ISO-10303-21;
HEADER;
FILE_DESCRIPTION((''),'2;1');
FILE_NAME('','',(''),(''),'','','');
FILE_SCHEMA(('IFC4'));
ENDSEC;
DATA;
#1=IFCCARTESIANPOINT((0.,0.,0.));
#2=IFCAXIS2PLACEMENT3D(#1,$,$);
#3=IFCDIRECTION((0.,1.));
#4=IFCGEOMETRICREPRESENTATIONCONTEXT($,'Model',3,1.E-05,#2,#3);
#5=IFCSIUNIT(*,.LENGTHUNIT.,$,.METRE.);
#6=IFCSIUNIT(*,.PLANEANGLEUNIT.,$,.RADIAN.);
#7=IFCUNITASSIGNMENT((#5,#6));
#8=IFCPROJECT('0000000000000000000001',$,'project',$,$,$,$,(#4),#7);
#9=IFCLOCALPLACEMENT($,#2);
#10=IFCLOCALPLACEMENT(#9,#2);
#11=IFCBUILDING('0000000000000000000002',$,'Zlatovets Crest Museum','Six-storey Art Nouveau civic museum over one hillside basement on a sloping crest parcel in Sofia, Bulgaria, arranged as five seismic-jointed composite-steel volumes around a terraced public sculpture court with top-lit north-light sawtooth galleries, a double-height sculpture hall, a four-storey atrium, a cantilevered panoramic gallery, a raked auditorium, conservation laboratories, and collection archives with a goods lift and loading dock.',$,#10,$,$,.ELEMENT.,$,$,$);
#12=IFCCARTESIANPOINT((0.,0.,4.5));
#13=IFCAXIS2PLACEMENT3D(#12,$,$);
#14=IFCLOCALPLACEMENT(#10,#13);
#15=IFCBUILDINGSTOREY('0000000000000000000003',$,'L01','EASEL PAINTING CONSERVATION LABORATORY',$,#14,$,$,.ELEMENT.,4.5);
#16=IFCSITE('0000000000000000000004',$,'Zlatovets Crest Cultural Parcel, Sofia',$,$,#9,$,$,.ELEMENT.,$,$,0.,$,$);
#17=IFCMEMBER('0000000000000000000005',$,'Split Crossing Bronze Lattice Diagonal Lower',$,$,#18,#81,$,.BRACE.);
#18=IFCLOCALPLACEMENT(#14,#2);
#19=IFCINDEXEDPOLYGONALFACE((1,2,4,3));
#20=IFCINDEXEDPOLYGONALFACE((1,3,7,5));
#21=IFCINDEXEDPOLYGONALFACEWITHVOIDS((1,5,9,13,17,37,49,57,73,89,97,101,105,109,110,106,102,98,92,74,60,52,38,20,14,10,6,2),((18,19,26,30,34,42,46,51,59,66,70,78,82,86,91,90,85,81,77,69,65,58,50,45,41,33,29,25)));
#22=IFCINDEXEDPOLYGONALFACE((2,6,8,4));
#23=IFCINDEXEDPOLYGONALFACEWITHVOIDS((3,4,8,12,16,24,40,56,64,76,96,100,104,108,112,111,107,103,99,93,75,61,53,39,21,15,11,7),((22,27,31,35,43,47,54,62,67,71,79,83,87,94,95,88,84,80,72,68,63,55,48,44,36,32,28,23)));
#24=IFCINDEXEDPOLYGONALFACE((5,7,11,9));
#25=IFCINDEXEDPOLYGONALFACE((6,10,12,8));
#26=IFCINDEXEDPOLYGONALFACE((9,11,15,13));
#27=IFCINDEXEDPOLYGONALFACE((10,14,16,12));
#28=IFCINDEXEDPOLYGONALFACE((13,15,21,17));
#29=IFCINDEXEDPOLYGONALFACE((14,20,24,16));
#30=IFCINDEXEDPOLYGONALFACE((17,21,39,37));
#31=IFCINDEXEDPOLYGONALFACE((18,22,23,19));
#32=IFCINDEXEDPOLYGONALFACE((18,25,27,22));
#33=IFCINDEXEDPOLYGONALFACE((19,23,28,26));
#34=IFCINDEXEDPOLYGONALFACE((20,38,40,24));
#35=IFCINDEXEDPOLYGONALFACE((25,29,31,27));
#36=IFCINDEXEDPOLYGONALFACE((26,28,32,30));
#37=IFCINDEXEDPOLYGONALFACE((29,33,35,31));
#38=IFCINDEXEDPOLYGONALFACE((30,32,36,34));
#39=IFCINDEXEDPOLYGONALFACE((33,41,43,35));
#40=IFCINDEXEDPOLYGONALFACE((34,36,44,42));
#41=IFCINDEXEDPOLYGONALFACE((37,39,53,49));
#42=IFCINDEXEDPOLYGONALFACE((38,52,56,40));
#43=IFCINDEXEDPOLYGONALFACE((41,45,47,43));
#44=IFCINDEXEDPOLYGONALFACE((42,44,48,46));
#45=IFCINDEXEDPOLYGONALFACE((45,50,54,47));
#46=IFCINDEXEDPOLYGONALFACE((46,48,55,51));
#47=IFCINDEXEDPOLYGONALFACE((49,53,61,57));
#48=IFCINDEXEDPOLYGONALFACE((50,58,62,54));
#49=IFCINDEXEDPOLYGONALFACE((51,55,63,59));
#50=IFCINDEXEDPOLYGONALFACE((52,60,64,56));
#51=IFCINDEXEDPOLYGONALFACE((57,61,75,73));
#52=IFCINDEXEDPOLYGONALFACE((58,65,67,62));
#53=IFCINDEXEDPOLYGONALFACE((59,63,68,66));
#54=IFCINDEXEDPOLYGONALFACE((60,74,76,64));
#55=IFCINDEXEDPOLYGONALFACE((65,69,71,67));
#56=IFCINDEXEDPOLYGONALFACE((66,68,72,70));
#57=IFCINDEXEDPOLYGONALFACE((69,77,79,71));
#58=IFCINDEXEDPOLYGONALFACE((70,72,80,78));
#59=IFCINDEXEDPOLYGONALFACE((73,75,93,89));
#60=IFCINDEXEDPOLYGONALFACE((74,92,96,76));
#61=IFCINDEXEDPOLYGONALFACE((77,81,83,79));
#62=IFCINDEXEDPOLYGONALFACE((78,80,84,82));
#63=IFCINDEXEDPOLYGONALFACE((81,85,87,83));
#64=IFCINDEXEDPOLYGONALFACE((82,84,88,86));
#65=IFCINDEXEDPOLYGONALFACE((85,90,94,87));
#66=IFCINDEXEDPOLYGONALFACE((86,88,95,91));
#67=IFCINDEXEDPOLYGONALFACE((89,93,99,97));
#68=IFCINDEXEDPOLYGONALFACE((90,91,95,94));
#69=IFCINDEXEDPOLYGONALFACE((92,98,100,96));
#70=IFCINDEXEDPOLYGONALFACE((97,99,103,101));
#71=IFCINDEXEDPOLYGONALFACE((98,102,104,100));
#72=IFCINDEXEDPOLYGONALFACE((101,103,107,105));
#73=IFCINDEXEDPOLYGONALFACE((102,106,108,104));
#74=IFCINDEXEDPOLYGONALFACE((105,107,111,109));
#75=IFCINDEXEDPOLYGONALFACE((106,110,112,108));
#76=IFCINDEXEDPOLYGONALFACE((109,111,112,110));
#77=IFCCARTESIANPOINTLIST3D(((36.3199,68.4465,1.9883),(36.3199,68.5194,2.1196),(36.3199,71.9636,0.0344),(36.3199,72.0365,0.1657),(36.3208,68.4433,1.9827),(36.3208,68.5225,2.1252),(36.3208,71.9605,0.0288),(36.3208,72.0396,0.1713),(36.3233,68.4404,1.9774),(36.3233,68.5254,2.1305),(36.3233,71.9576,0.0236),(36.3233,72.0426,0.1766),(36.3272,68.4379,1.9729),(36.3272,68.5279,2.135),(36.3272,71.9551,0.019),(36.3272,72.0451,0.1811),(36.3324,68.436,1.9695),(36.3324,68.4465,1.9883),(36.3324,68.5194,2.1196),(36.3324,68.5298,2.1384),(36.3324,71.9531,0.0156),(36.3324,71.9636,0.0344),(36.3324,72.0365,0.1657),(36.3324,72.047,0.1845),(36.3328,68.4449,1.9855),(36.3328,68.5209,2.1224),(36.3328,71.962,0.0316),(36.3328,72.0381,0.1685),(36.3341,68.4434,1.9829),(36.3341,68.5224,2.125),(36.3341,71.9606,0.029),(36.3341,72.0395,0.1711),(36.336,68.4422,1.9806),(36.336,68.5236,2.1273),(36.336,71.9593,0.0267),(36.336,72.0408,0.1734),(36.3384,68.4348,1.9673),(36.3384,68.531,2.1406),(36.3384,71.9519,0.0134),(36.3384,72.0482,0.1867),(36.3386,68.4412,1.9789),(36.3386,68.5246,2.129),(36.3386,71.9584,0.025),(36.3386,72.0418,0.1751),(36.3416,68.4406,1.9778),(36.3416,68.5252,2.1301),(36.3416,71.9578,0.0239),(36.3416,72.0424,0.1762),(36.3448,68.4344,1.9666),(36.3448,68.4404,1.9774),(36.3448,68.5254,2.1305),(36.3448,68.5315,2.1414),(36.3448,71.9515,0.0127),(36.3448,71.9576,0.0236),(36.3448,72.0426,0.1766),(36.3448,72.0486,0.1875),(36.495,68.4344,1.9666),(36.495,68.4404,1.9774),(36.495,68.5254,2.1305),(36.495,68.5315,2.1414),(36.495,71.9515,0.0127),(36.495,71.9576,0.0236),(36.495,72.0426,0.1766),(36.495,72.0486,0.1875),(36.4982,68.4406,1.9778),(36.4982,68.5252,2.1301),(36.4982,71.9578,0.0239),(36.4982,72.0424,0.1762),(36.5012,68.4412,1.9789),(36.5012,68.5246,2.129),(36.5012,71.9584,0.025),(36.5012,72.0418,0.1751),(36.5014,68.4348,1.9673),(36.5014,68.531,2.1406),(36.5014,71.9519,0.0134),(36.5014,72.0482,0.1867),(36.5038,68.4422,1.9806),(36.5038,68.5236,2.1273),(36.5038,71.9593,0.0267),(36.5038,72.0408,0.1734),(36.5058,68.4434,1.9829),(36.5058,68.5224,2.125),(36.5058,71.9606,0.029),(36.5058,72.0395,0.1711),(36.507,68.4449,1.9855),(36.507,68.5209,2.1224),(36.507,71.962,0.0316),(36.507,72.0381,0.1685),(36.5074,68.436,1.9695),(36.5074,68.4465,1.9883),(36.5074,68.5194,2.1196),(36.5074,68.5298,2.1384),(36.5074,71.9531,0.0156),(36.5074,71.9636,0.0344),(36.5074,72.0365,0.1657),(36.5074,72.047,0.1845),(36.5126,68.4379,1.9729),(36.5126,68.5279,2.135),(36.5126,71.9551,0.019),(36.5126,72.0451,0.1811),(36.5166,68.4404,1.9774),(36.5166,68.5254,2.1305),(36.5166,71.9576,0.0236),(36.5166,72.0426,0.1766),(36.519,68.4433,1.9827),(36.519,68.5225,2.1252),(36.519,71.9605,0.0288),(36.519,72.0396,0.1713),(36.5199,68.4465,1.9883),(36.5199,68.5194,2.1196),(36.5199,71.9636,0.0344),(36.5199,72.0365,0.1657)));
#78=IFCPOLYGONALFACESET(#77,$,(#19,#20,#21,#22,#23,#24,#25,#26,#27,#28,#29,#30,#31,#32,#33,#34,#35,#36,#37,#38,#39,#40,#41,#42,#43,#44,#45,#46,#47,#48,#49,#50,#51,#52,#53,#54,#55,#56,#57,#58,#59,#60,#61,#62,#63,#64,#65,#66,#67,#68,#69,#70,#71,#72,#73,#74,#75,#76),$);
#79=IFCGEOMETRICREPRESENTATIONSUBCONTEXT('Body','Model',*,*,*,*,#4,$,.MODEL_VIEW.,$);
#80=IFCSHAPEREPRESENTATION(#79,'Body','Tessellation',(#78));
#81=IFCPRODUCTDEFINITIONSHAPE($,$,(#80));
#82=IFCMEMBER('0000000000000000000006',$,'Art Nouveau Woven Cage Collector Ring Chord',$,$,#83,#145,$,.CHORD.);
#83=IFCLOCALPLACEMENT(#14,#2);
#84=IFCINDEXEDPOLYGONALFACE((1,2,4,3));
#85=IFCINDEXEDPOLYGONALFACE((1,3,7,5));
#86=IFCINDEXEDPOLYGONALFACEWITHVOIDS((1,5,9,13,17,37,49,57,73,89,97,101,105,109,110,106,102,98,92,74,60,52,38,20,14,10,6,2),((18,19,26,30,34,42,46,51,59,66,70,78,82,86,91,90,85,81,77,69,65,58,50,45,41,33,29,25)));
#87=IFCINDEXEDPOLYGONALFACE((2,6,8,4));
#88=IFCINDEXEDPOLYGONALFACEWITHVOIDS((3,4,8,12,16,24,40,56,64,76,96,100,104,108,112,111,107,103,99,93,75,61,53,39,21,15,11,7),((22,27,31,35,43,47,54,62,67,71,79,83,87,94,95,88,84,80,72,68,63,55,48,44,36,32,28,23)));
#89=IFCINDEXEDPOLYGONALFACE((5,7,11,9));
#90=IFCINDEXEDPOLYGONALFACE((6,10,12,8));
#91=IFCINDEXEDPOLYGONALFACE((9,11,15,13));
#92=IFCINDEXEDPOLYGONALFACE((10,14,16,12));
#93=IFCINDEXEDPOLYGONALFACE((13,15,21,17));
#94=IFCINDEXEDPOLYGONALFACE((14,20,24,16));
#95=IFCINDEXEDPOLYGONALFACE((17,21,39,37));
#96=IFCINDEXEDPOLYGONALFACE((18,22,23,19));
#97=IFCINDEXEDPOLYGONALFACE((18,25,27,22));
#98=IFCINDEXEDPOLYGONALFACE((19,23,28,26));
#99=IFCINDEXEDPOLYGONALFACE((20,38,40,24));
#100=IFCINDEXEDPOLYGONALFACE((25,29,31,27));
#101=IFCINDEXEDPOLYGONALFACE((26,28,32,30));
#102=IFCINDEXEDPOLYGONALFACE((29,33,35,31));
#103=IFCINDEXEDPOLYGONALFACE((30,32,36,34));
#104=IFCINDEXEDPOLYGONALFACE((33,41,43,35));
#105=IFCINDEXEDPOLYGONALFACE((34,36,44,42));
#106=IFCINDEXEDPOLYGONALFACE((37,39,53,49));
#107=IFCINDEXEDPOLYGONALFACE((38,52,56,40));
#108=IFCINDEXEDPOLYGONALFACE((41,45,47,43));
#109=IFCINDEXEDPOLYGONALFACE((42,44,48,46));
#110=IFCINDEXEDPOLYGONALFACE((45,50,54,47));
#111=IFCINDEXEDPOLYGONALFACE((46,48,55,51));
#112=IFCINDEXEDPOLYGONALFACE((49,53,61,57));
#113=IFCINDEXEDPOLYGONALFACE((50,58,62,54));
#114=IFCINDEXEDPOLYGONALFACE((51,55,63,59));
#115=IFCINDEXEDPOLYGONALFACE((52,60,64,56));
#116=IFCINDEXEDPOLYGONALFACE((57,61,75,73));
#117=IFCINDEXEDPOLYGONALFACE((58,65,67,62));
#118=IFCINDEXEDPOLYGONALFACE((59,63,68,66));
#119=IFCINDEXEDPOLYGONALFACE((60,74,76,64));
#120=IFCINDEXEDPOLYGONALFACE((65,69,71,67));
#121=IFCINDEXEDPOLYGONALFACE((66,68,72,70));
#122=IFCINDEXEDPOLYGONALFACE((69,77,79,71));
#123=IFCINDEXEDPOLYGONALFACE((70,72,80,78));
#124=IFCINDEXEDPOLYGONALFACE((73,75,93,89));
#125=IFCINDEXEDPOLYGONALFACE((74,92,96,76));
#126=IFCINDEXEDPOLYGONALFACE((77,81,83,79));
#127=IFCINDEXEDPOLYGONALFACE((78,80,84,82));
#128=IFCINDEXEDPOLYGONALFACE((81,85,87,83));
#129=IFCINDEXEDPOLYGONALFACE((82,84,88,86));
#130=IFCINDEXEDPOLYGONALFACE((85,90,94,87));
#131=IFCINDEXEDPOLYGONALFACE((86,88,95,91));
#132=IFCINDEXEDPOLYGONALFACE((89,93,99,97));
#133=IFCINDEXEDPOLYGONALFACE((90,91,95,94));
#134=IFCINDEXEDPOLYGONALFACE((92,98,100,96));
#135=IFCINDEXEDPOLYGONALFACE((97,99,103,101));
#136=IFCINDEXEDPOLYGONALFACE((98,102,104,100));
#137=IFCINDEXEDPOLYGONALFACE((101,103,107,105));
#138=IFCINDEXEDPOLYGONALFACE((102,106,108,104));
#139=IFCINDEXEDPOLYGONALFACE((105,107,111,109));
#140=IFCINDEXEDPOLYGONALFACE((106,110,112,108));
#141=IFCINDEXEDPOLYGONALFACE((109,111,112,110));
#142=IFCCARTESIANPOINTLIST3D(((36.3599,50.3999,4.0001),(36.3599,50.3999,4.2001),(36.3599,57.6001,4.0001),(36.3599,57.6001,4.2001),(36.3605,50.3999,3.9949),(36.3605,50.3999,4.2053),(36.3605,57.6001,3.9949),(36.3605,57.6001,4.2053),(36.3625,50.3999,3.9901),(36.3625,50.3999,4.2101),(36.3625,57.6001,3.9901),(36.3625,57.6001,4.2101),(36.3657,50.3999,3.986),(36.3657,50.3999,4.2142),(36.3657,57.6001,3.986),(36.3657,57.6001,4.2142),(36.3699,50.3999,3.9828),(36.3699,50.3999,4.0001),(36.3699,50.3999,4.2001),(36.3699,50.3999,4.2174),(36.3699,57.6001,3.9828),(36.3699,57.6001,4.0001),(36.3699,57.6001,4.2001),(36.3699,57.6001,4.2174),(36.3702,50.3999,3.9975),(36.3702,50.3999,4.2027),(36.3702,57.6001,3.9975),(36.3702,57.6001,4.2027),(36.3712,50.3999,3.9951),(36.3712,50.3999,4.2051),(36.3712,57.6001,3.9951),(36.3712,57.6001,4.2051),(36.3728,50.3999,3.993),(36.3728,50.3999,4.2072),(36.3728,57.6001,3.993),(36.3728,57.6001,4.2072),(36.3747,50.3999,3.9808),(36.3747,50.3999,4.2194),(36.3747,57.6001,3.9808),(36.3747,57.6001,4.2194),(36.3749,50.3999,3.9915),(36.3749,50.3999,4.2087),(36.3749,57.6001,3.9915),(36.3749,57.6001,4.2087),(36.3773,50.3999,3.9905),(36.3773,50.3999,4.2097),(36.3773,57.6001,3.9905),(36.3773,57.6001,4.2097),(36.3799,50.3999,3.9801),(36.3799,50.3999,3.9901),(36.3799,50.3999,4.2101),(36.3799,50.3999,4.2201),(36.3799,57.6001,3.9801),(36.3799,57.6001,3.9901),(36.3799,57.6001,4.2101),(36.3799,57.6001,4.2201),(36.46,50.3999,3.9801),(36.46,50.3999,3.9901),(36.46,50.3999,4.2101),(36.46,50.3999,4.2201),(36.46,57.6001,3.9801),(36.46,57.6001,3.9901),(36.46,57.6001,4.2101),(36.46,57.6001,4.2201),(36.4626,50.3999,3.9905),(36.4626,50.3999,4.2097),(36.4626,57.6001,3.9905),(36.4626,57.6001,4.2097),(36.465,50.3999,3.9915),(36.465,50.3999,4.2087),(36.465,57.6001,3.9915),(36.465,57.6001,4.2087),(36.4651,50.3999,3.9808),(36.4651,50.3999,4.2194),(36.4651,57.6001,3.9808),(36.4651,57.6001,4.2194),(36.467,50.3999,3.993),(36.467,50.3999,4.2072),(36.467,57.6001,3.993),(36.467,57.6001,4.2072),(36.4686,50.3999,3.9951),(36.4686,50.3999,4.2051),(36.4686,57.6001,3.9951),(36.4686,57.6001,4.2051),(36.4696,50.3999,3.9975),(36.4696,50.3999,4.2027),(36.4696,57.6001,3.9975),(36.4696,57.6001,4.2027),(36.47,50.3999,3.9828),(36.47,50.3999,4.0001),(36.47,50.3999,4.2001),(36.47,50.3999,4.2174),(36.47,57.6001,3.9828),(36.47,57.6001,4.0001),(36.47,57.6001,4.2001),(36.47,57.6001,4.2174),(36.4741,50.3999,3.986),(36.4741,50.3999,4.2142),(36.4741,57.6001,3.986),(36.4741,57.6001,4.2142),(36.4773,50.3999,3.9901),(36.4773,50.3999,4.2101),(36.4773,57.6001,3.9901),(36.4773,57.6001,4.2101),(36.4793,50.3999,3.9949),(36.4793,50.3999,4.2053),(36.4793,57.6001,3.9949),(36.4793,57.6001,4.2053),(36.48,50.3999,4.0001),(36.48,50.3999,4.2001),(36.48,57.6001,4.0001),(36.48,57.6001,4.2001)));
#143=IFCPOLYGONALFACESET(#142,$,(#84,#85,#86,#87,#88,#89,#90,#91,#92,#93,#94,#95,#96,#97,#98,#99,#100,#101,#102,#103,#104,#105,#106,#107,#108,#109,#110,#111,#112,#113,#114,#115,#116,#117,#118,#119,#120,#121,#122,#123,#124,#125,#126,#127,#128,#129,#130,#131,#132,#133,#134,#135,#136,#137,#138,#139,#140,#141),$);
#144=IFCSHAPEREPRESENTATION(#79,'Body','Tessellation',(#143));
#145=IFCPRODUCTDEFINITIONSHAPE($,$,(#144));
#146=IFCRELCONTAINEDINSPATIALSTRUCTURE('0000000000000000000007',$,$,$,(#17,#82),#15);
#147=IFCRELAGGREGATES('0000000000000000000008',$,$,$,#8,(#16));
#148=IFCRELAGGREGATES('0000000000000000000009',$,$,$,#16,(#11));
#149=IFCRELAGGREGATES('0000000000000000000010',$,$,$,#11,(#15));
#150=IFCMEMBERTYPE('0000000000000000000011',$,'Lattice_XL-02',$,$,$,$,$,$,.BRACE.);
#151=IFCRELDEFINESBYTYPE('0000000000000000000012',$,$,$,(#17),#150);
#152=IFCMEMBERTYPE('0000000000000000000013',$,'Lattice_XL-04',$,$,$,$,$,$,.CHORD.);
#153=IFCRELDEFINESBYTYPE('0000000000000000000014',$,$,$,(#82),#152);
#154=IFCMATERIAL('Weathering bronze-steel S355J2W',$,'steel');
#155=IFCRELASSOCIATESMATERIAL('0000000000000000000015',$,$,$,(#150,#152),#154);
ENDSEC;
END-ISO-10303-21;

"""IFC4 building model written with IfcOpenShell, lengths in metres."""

from ifc_helpers import new_model, si_unit, direction, frame, origin, origin_2d, place, context, subcontext, project, spatial, hollow_rectangle, extrude, material, material_profile, profile_set, type_object, element, save


model = new_model("IFC4")

# Units and contexts
model_context = context("Model", 3, precision=1e-05, world=origin(), true_north=direction((0.0, 1.0)))
body_context = subcontext(model_context, "Body", "Model", "MODEL_VIEW")
ifc_project = project(units=[si_unit("LENGTHUNIT", "METRE"), si_unit("PLANEANGLEUNIT", "RADIAN")], contexts=[model_context])

# Site, building, storey
site_placement = place(None, origin())
site = spatial("IfcSite", under=ifc_project, at=site_placement, Name="Zlatovets Crest Cultural Parcel, Sofia", CompositionType="ELEMENT", RefElevation=0.0)
building_placement = place(site_placement, origin())
building = spatial("IfcBuilding", under=site, at=building_placement, Name="Zlatovets Crest Museum", Description="Six-storey Art Nouveau civic museum over one hillside basement on a sloping crest parcel in Sofia, Bulgaria, arranged as five seismic-jointed composite-steel volumes around a terraced public sculpture court with top-lit north-light sawtooth galleries, a double-height sculpture hall, a four-storey atrium, a cantilevered panoramic gallery, a raked auditorium, conservation laboratories, and collection archives with a goods lift and loading dock.", CompositionType="ELEMENT")
storey_placement = place(building_placement, frame((0.0, 0.0, 4.5)))
storey = spatial("IfcBuildingStorey", under=building, at=storey_placement, Name="L01", Description="EASEL PAINTING CONSERVATION LABORATORY", CompositionType="ELEMENT", Elevation=4.5)

# Members
ifc_material_1 = material(Name="Weathering bronze-steel S355J2W", Category="steel")
ifc_material_profile_1 = material_profile(ifc_material_1, hollow_rectangle(XDim=0.2, YDim=0.2, WallThickness=0.0125, InnerFilletRadius=0.0125, OuterFilletRadius=0.0249, at=origin_2d()), Name="SHS 200x200x12.5")
ifc_profile_set_1 = profile_set([ifc_material_profile_1], Name="Weathering bronze-steel S355J2W")
member_type_1 = type_object("IfcMemberType", Name="Lattice_XL-02", PredefinedType="BRACE", material=ifc_profile_set_1)
member_1_placement = place(storey_placement, frame((36.4199, 68.4829, 2.054), z_axis=(0.0, 0.874166, -0.485627), x_axis=(-1.0, 0.0, 0.0)))
element("IfcMember", 1, at=member_1_placement, inside=storey, type_object=member_type_1, Name="Split Crossing Bronze Lattice Diagonal Lower", PredefinedType="BRACE", context=body_context, shape_type="SweptSolid", body=[
    extrude(hollow_rectangle(XDim=0.2, YDim=0.2, WallThickness=0.0125, InnerFilletRadius=0.0125, OuterFilletRadius=0.0249, at=origin_2d()), origin(), (0.0, 0.0, 1.0), 4.0234),
])
ifc_material_profile_2 = material_profile(ifc_material_1, hollow_rectangle(XDim=0.1201, YDim=0.24, WallThickness=0.01, InnerFilletRadius=0.01, OuterFilletRadius=0.02, at=origin_2d()), Name="RHS 120x240x10.0")
ifc_profile_set_2 = profile_set([ifc_material_profile_2], Name="Weathering bronze-steel S355J2W")
member_type_2 = type_object("IfcMemberType", Name="Lattice_XL-04", PredefinedType="CHORD", material=ifc_profile_set_2)
member_2_placement = place(storey_placement, frame((36.4199, 50.3999, 4.1001), z_axis=(0.0, 1.0, 0.0), x_axis=(-1.0, 0.0, 0.0)))
element("IfcMember", 2, at=member_2_placement, inside=storey, type_object=member_type_2, Name="Art Nouveau Woven Cage Collector Ring Chord", PredefinedType="CHORD", context=body_context, shape_type="SweptSolid", body=[
    extrude(hollow_rectangle(XDim=0.1201, YDim=0.24, WallThickness=0.01, InnerFilletRadius=0.01, OuterFilletRadius=0.02, at=origin_2d()), origin(), (0.0, 0.0, 1.0), 7.2002),
])

save(model, "model.ifc")
